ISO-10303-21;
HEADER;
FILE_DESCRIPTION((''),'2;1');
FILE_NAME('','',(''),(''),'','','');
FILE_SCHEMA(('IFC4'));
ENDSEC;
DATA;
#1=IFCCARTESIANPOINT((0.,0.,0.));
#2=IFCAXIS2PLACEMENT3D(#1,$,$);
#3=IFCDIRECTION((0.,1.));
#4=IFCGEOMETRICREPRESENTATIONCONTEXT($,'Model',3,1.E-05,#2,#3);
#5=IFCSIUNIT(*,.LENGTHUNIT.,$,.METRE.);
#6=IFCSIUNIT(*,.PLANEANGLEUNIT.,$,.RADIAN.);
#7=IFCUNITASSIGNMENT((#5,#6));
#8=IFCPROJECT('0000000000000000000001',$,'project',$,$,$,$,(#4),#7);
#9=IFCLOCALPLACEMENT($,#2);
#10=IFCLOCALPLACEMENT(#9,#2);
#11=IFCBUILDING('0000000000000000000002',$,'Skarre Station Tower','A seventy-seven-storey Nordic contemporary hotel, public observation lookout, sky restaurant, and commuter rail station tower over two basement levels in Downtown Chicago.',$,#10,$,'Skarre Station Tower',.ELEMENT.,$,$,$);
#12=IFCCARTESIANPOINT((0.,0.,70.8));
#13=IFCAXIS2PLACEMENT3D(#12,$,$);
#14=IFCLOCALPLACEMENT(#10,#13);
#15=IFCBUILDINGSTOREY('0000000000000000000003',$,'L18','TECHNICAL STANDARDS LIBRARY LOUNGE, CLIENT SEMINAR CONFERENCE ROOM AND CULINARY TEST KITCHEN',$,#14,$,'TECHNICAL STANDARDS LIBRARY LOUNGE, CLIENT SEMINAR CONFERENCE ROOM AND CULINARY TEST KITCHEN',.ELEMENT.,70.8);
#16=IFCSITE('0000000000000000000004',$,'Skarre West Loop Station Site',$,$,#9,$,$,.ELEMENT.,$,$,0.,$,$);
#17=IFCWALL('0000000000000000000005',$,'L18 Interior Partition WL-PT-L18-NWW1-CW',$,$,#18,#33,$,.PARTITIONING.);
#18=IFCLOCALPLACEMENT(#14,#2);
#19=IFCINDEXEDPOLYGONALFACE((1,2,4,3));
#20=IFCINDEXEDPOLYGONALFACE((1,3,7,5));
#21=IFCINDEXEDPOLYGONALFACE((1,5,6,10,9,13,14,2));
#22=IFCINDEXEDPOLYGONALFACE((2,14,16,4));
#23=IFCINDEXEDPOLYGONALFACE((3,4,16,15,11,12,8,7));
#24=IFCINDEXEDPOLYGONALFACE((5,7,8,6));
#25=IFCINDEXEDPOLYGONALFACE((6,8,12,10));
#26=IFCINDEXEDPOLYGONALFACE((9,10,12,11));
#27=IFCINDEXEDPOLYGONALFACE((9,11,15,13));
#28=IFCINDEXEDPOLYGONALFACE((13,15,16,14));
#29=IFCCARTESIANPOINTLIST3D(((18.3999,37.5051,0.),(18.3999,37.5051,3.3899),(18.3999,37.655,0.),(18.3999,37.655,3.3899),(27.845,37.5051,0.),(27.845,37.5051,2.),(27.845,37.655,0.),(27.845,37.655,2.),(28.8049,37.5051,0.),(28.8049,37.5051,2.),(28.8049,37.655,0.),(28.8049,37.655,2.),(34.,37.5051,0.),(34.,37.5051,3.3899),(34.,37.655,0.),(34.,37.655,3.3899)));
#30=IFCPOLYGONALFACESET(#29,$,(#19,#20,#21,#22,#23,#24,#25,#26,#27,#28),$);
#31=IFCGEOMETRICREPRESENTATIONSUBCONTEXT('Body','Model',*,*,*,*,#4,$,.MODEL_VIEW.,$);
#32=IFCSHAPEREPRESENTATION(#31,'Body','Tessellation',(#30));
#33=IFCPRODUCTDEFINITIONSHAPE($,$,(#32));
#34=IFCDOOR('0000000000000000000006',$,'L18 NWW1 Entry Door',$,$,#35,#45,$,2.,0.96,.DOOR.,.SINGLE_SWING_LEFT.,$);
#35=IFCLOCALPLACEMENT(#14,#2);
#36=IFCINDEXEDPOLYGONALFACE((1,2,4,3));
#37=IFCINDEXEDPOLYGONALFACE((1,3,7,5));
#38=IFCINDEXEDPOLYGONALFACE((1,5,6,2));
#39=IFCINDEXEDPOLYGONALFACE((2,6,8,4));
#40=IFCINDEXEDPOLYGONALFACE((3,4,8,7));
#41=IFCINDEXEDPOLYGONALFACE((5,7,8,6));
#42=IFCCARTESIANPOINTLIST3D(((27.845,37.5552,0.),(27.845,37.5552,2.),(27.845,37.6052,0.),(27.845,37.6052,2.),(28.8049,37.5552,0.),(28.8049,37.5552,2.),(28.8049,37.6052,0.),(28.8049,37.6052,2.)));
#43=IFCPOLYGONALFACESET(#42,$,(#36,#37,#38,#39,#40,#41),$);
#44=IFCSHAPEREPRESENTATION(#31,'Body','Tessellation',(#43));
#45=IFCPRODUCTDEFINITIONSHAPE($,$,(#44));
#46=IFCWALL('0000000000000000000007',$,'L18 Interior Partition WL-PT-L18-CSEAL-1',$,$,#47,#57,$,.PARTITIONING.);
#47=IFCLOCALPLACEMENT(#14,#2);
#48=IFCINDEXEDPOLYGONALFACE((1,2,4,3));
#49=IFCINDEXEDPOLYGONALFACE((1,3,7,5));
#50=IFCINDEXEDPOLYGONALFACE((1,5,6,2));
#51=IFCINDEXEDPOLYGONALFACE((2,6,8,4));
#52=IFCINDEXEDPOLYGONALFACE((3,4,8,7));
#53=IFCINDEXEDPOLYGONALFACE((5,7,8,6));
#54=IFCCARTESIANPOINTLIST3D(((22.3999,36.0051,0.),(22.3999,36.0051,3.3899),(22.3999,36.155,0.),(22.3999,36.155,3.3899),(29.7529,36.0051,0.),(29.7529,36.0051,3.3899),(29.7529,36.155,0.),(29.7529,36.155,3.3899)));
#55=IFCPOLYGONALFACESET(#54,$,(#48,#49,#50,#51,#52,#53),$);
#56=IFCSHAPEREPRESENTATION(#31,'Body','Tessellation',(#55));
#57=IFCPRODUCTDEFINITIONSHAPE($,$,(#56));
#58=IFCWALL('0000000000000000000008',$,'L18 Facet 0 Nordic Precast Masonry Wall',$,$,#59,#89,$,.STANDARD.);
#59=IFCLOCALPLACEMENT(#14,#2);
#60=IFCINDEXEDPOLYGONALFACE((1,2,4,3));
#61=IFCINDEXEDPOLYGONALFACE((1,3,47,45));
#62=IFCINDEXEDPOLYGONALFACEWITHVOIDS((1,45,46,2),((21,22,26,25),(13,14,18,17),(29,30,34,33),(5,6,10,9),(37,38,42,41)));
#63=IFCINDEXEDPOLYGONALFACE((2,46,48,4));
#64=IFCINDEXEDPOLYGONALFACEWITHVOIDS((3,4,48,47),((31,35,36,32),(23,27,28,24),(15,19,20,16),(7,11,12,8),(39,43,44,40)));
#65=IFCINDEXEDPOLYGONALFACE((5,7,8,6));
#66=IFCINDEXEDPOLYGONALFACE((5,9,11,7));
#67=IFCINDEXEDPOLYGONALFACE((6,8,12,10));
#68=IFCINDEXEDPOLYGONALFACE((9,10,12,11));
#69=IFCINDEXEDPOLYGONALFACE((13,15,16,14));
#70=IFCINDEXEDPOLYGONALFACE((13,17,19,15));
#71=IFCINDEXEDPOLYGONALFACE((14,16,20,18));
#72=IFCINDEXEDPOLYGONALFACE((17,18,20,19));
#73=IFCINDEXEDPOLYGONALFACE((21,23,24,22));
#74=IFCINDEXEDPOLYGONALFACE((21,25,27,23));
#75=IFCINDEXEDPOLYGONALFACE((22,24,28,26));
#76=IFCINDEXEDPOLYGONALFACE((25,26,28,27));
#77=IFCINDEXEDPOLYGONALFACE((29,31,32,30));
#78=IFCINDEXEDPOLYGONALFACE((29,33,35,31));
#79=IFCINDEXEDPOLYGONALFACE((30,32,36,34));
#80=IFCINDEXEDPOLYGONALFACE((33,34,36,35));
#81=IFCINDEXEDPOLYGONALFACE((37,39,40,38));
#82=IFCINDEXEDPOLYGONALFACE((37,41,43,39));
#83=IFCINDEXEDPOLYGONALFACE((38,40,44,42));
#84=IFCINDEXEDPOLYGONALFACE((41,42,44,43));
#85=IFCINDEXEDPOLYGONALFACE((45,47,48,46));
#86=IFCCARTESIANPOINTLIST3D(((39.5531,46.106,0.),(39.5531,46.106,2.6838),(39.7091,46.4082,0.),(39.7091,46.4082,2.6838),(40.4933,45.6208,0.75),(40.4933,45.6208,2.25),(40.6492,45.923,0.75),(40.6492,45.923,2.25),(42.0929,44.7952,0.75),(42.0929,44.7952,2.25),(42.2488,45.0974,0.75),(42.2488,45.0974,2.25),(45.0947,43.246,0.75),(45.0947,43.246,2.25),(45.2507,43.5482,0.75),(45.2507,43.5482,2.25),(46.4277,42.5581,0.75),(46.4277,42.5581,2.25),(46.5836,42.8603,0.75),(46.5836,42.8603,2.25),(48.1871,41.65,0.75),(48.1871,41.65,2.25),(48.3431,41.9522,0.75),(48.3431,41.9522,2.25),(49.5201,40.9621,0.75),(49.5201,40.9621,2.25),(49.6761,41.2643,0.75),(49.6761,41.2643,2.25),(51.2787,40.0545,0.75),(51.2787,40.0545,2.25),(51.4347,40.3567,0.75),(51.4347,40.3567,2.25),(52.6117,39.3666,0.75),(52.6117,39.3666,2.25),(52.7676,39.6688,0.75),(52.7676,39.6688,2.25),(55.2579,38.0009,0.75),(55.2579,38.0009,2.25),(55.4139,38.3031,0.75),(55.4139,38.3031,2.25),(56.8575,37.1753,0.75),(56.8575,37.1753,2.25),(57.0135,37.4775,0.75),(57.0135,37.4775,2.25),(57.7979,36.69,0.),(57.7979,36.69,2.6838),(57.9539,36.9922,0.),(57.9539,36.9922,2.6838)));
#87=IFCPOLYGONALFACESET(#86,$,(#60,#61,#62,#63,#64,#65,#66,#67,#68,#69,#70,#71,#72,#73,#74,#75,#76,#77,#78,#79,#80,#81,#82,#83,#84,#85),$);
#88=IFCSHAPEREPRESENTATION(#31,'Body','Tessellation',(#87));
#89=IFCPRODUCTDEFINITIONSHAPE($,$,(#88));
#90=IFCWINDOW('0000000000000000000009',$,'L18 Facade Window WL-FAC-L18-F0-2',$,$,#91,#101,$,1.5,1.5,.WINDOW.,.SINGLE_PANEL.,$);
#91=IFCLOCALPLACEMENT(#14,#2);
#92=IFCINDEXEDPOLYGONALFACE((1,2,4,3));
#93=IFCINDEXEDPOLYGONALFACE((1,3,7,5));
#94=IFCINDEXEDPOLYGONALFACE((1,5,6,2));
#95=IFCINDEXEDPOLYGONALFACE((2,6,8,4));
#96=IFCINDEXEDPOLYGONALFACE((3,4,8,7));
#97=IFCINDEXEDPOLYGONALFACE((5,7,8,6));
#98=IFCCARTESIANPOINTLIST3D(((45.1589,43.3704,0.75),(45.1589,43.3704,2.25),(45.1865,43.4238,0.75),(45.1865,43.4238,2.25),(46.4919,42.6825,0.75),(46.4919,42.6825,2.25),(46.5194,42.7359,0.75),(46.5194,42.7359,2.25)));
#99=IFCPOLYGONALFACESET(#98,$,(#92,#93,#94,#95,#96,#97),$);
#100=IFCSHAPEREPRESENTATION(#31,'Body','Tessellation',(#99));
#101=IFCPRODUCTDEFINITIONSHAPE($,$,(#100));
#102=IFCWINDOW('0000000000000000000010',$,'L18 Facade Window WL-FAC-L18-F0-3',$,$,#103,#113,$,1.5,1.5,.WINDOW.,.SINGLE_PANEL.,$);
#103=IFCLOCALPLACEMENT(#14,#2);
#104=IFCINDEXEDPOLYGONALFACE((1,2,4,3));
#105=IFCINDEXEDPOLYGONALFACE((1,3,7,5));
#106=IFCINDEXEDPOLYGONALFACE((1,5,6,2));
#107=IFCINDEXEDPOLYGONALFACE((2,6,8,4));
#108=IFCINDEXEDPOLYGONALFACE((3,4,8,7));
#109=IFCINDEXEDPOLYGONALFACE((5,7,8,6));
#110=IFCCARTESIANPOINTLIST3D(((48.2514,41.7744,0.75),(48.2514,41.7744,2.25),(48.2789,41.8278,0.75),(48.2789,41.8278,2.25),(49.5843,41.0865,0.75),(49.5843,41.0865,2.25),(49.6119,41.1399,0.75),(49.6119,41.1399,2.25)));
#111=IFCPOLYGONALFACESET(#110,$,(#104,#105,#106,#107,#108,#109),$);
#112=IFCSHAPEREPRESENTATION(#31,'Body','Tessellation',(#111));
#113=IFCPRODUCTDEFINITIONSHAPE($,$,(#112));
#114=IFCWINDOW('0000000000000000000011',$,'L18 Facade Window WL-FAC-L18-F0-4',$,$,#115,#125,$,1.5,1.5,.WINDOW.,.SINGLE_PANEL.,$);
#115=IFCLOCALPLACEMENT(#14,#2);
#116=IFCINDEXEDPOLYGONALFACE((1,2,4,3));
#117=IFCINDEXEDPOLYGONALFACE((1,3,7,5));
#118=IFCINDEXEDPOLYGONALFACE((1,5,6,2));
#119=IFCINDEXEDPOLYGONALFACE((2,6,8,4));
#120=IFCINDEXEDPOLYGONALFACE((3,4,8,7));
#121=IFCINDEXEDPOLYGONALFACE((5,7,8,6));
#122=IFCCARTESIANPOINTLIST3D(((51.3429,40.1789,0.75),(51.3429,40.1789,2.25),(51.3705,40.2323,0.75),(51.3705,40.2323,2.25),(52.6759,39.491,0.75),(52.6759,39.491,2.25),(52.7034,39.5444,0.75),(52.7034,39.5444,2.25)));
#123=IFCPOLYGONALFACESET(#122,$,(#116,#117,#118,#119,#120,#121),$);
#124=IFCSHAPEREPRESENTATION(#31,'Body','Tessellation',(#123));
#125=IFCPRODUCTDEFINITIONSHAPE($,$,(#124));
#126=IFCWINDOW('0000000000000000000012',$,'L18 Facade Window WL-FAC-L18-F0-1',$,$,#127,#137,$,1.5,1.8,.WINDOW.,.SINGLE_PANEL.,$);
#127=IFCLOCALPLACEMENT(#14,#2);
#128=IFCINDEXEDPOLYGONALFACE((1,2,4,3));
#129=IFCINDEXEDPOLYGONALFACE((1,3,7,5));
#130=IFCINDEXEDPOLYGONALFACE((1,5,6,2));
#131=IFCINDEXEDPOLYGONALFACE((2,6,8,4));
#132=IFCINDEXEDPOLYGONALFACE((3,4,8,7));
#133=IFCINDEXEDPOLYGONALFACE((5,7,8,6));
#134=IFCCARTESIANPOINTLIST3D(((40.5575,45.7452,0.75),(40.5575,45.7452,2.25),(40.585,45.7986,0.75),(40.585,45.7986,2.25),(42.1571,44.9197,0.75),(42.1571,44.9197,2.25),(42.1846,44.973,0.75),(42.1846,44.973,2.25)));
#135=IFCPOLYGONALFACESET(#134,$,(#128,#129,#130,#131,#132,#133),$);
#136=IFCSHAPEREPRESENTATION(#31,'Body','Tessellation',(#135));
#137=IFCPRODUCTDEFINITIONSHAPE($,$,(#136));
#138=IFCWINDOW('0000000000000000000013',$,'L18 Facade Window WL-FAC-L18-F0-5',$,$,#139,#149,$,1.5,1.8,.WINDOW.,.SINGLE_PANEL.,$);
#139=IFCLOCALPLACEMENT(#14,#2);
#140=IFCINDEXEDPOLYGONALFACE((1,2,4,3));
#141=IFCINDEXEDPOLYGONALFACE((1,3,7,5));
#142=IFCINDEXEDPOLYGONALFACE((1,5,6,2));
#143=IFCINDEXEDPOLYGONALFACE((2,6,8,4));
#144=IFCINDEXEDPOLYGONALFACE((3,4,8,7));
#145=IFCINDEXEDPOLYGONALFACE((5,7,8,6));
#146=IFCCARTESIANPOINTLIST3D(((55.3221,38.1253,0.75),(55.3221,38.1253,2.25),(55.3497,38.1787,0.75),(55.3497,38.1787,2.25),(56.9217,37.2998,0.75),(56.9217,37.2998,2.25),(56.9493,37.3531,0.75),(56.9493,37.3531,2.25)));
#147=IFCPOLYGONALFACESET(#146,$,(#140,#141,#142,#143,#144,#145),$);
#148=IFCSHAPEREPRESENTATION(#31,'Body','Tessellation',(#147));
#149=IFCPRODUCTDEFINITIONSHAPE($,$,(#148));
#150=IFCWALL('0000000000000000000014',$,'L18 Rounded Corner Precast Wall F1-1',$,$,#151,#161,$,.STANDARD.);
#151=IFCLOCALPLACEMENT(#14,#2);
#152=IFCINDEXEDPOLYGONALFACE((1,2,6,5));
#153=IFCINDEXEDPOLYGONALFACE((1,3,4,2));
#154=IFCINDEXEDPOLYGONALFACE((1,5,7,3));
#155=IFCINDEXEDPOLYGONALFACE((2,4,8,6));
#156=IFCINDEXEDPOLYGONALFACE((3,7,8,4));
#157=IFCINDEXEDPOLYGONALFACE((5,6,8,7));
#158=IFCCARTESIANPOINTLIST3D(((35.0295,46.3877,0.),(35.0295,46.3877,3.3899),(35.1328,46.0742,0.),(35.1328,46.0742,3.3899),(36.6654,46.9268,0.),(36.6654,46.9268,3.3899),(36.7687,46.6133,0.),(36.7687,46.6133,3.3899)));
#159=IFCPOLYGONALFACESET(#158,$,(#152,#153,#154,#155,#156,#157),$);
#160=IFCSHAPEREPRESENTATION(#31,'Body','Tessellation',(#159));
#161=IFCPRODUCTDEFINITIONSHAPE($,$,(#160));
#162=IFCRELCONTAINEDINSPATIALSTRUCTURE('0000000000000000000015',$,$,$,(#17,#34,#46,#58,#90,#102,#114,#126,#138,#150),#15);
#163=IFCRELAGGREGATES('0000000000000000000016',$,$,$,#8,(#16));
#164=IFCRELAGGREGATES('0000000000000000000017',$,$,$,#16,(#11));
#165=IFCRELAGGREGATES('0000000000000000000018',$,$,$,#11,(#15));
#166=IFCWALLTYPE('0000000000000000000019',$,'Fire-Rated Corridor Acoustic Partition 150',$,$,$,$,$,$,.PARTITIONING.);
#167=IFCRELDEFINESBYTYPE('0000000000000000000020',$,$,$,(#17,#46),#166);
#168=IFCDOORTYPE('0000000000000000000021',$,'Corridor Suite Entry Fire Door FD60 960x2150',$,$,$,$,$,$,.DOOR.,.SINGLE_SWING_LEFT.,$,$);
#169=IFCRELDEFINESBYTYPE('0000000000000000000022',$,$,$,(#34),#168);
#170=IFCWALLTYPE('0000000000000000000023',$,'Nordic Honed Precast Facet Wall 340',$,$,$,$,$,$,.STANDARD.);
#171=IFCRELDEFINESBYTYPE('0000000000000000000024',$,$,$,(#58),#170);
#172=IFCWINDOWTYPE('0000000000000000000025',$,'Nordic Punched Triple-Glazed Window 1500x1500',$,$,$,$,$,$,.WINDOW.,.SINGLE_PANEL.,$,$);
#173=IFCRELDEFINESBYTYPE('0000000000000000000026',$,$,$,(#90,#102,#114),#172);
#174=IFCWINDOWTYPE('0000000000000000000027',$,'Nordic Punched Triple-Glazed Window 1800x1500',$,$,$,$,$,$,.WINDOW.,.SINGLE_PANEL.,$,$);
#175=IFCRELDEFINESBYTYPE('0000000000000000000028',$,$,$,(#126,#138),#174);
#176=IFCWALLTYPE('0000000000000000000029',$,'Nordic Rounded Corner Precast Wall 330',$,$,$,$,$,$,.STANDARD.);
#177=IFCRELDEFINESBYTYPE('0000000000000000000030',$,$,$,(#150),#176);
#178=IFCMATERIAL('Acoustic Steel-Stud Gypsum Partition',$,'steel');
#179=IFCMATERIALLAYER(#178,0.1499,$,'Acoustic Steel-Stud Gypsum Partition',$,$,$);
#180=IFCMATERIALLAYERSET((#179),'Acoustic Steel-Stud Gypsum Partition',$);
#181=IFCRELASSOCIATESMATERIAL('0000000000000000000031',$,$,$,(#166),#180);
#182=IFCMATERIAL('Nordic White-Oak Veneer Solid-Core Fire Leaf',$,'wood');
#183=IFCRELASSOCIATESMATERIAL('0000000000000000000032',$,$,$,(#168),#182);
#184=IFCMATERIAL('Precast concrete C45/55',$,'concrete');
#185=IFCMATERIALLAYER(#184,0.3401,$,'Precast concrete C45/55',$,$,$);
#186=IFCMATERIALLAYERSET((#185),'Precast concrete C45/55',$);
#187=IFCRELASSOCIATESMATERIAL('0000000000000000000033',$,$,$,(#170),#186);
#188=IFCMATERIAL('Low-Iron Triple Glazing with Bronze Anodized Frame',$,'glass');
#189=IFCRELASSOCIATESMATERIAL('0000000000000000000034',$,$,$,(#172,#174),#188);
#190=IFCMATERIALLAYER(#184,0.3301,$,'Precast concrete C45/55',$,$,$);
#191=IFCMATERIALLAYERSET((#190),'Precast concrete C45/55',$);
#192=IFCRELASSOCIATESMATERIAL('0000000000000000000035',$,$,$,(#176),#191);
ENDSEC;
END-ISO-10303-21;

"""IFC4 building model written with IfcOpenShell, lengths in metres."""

from ifc_helpers import new_model, si_unit, direction, frame, frame_2d, origin, place, context, subcontext, project, spatial, rectangle, extrude, material, layer, layer_set, type_object, element, fill, save


model = new_model("IFC4")

# Units and contexts
model_context = context("Model", 3, precision=1e-05, world=origin(), true_north=direction((0.0, 1.0)))
body_context = subcontext(model_context, "Body", "Model", "MODEL_VIEW")
ifc_project = project(units=[si_unit("LENGTHUNIT", "METRE"), si_unit("PLANEANGLEUNIT", "RADIAN")], contexts=[model_context])

# Site, building, storey
site_placement = place(None, origin())
site = spatial("IfcSite", under=ifc_project, at=site_placement, Name="Skarre West Loop Station Site", CompositionType="ELEMENT", RefElevation=0.0)
building_placement = place(site_placement, origin())
building = spatial("IfcBuilding", under=site, at=building_placement, Name="Skarre Station Tower", Description="A seventy-seven-storey Nordic contemporary hotel, public observation lookout, sky restaurant, and commuter rail station tower over two basement levels in Downtown Chicago.", LongName="Skarre Station Tower", CompositionType="ELEMENT")
storey_placement = place(building_placement, frame((0.0, 0.0, 70.8)))
storey = spatial("IfcBuildingStorey", under=building, at=storey_placement, Name="L18", Description="TECHNICAL STANDARDS LIBRARY LOUNGE, CLIENT SEMINAR CONFERENCE ROOM AND CULINARY TEST KITCHEN", LongName="TECHNICAL STANDARDS LIBRARY LOUNGE, CLIENT SEMINAR CONFERENCE ROOM AND CULINARY TEST KITCHEN", CompositionType="ELEMENT", Elevation=70.8)

# Shared definitions
ifc_material_1 = material(Name="Acoustic Steel-Stud Gypsum Partition", Category="steel")
ifc_layer_1 = layer(ifc_material_1, 0.1499, Name="Acoustic Steel-Stud Gypsum Partition")
ifc_layer_set_1 = layer_set([ifc_layer_1], Name="Acoustic Steel-Stud Gypsum Partition")
wall_type_1 = type_object("IfcWallType", Name="Fire-Rated Corridor Acoustic Partition 150", PredefinedType="PARTITIONING", material=ifc_layer_set_1)

# Wall, opening, door
wall_1_placement = place(storey_placement, frame((34.0, 37.5801, 0.0), z_axis=(0.0, 0.0, 1.0), x_axis=(-1.0, 0.0, 0.0)))
wall_1 = element("IfcWall", 1, at=wall_1_placement, inside=storey, type_object=wall_type_1, Name="L18 Interior Partition WL-PT-L18-NWW1-CW", PredefinedType="PARTITIONING", context=body_context, shape_type="SweptSolid", body=[
    extrude(rectangle(XDim=15.6001, YDim=0.1499, at=frame_2d((7.8, 0.0))), origin(), (0.0, 0.0, 1.0), 3.3899),
])
opening_1_placement = place(wall_1_placement, frame((5.1951, 0.0, 0.0)))
opening_1 = element("IfcOpeningElement", 2, at=opening_1_placement, cuts=wall_1, PredefinedType="OPENING", context=body_context, shape_type="SweptSolid", body=[
    extrude(rectangle(XDim=0.96, YDim=2.0, at=frame_2d((0.48, 1.0))), frame((0.0, 0.085, 0.0), z_axis=(0.0, -1.0, 0.0), x_axis=(1.0, 0.0, 0.0)), (0.0, 0.0, 1.0), 0.1699),
])
ifc_material_2 = material(Name="Nordic White-Oak Veneer Solid-Core Fire Leaf", Category="wood")
door_type = type_object("IfcDoorType", Name="Corridor Suite Entry Fire Door FD60 960x2150", OperationType="SINGLE_SWING_LEFT", PredefinedType="DOOR", material=ifc_material_2)
door_placement = place(opening_1_placement, origin())
door = element("IfcDoor", 3, at=door_placement, inside=storey, type_object=door_type, Name="L18 NWW1 Entry Door", OperationType="SINGLE_SWING_LEFT", OverallHeight=2.0, OverallWidth=0.96, PredefinedType="DOOR", context=body_context, shape_type="SweptSolid", body=[
    extrude(rectangle(XDim=0.96, YDim=2.0, at=frame_2d((0.48, 1.0))), frame((0.0, 0.0249, 0.0), z_axis=(0.0, -1.0, 0.0), x_axis=(1.0, 0.0, 0.0)), (0.0, 0.0, 1.0), 0.05),
])
fill(opening_1, door)

# Wall
wall_2_placement = place(storey_placement, frame((29.7529, 36.0801, 0.0), z_axis=(0.0, 0.0, 1.0), x_axis=(-1.0, 0.0, 0.0)))
element("IfcWall", 4, at=wall_2_placement, inside=storey, type_object=wall_type_1, Name="L18 Interior Partition WL-PT-L18-CSEAL-1", PredefinedType="PARTITIONING", context=body_context, shape_type="SweptSolid", body=[
    extrude(rectangle(XDim=7.353, YDim=0.1499, at=frame_2d((3.6765, 0.0))), origin(), (0.0, 0.0, 1.0), 3.3899),
])

# Wall, openings, windows
ifc_material_3 = material(Name="Precast concrete C45/55", Category="concrete")
ifc_layer_2 = layer(ifc_material_3, 0.3401, Name="Precast concrete C45/55")
ifc_layer_set_2 = layer_set([ifc_layer_2], Name="Precast concrete C45/55")
wall_type_2 = type_object("IfcWallType", Name="Nordic Honed Precast Facet Wall 340", PredefinedType="STANDARD", material=ifc_layer_set_2)
wall_3_placement = place(storey_placement, frame((39.6311, 46.2571, 0.0), z_axis=(0.0, 0.0, 1.0), x_axis=(0.888634, -0.458616, 0.0)))
wall_3 = element("IfcWall", 5, at=wall_3_placement, inside=storey, type_object=wall_type_2, Name="L18 Facet 0 Nordic Precast Masonry Wall", PredefinedType="STANDARD", context=body_context, shape_type="SweptSolid", body=[
    extrude(rectangle(XDim=20.5312, YDim=0.3401, at=frame_2d((10.2656, 0.0))), origin(), (0.0, 0.0, 1.0), 2.6838),
])
opening_2_placement = place(wall_3_placement, frame((1.0581, 0.0, 0.75)))
opening_2 = element("IfcOpeningElement", 6, at=opening_2_placement, cuts=wall_3, PredefinedType="OPENING", context=body_context, shape_type="SweptSolid", body=[
    extrude(rectangle(XDim=1.8, YDim=1.5, at=frame_2d((0.8999, 0.75))), frame((0.0, 0.1799, 0.0), z_axis=(0.0, -1.0, 0.0), x_axis=(1.0, 0.0, 0.0)), (0.0, 0.0, 1.0), 0.3601),
])
opening_3_placement = place(wall_3_placement, frame((6.2361, 0.0, 0.75)))
opening_3 = element("IfcOpeningElement", 7, at=opening_3_placement, cuts=wall_3, PredefinedType="OPENING", context=body_context, shape_type="SweptSolid", body=[
    extrude(rectangle(XDim=1.5, YDim=1.5, at=frame_2d((0.75, 0.75))), frame((0.0, 0.1799, 0.0), z_axis=(0.0, -1.0, 0.0), x_axis=(1.0, 0.0, 0.0)), (0.0, 0.0, 1.0), 0.3601),
])
opening_4_placement = place(wall_3_placement, frame((9.7161, 0.0, 0.75)))
opening_4 = element("IfcOpeningElement", 8, at=opening_4_placement, cuts=wall_3, PredefinedType="OPENING", context=body_context, shape_type="SweptSolid", body=[
    extrude(rectangle(XDim=1.5, YDim=1.5, at=frame_2d((0.75, 0.75))), frame((0.0, 0.1799, 0.0), z_axis=(0.0, -1.0, 0.0), x_axis=(1.0, 0.0, 0.0)), (0.0, 0.0, 1.0), 0.3601),
])
opening_5_placement = place(wall_3_placement, frame((13.1951, 0.0, 0.75)))
opening_5 = element("IfcOpeningElement", 9, at=opening_5_placement, cuts=wall_3, PredefinedType="OPENING", context=body_context, shape_type="SweptSolid", body=[
    extrude(rectangle(XDim=1.5, YDim=1.5, at=frame_2d((0.75, 0.75))), frame((0.0, 0.1799, 0.0), z_axis=(0.0, -1.0, 0.0), x_axis=(1.0, 0.0, 0.0)), (0.0, 0.0, 1.0), 0.3601),
])
opening_6_placement = place(wall_3_placement, frame((17.6731, 0.0, 0.75)))
opening_6 = element("IfcOpeningElement", 10, at=opening_6_placement, cuts=wall_3, PredefinedType="OPENING", context=body_context, shape_type="SweptSolid", body=[
    extrude(rectangle(XDim=1.8, YDim=1.5, at=frame_2d((0.8999, 0.75))), frame((0.0, 0.1799, 0.0), z_axis=(0.0, -1.0, 0.0), x_axis=(1.0, 0.0, 0.0)), (0.0, 0.0, 1.0), 0.3601),
])
ifc_material_4 = material(Name="Low-Iron Triple Glazing with Bronze Anodized Frame", Category="glass")
window_type_1 = type_object("IfcWindowType", Name="Nordic Punched Triple-Glazed Window 1500x1500", PartitioningType="SINGLE_PANEL", PredefinedType="WINDOW", material=ifc_material_4)
window_1_placement = place(opening_3_placement, origin())
window_1 = element("IfcWindow", 11, at=window_1_placement, inside=storey, type_object=window_type_1, Name="L18 Facade Window WL-FAC-L18-F0-2", OverallHeight=1.5, OverallWidth=1.5, PartitioningType="SINGLE_PANEL", PredefinedType="WINDOW", context=body_context, shape_type="SweptSolid", body=[
    extrude(rectangle(XDim=1.5, YDim=1.5, at=frame_2d((0.75, 0.75))), frame((0.0, 0.03, 0.0), z_axis=(0.0, -1.0, 0.0), x_axis=(1.0, 0.0, 0.0)), (0.0, 0.0, 1.0), 0.0601),
])
fill(opening_3, window_1)
window_2_placement = place(opening_4_placement, origin())
window_2 = element("IfcWindow", 12, at=window_2_placement, inside=storey, type_object=window_type_1, Name="L18 Facade Window WL-FAC-L18-F0-3", OverallHeight=1.5, OverallWidth=1.5, PartitioningType="SINGLE_PANEL", PredefinedType="WINDOW", context=body_context, shape_type="SweptSolid", body=[
    extrude(rectangle(XDim=1.5, YDim=1.5, at=frame_2d((0.75, 0.75))), frame((0.0, 0.03, 0.0), z_axis=(0.0, -1.0, 0.0), x_axis=(1.0, 0.0, 0.0)), (0.0, 0.0, 1.0), 0.0601),
])
fill(opening_4, window_2)
window_3_placement = place(opening_5_placement, origin())
window_3 = element("IfcWindow", 13, at=window_3_placement, inside=storey, type_object=window_type_1, Name="L18 Facade Window WL-FAC-L18-F0-4", OverallHeight=1.5, OverallWidth=1.5, PartitioningType="SINGLE_PANEL", PredefinedType="WINDOW", context=body_context, shape_type="SweptSolid", body=[
    extrude(rectangle(XDim=1.5, YDim=1.5, at=frame_2d((0.75, 0.75))), frame((0.0, 0.03, 0.0), z_axis=(0.0, -1.0, 0.0), x_axis=(1.0, 0.0, 0.0)), (0.0, 0.0, 1.0), 0.0601),
])
fill(opening_5, window_3)
window_type_2 = type_object("IfcWindowType", Name="Nordic Punched Triple-Glazed Window 1800x1500", PartitioningType="SINGLE_PANEL", PredefinedType="WINDOW", material=ifc_material_4)
window_4_placement = place(opening_2_placement, origin())
window_4 = element("IfcWindow", 14, at=window_4_placement, inside=storey, type_object=window_type_2, Name="L18 Facade Window WL-FAC-L18-F0-1", OverallHeight=1.5, OverallWidth=1.8, PartitioningType="SINGLE_PANEL", PredefinedType="WINDOW", context=body_context, shape_type="SweptSolid", body=[
    extrude(rectangle(XDim=1.8, YDim=1.5, at=frame_2d((0.8999, 0.75))), frame((0.0, 0.03, 0.0), z_axis=(0.0, -1.0, 0.0), x_axis=(1.0, 0.0, 0.0)), (0.0, 0.0, 1.0), 0.0601),
])
fill(opening_2, window_4)
window_5_placement = place(opening_6_placement, origin())
window_5 = element("IfcWindow", 15, at=window_5_placement, inside=storey, type_object=window_type_2, Name="L18 Facade Window WL-FAC-L18-F0-5", OverallHeight=1.5, OverallWidth=1.8, PartitioningType="SINGLE_PANEL", PredefinedType="WINDOW", context=body_context, shape_type="SweptSolid", body=[
    extrude(rectangle(XDim=1.8, YDim=1.5, at=frame_2d((0.8999, 0.75))), frame((0.0, 0.03, 0.0), z_axis=(0.0, -1.0, 0.0), x_axis=(1.0, 0.0, 0.0)), (0.0, 0.0, 1.0), 0.0601),
])
fill(opening_6, window_5)

# Wall
ifc_layer_3 = layer(ifc_material_3, 0.3301, Name="Precast concrete C45/55")
ifc_layer_set_3 = layer_set([ifc_layer_3], Name="Precast concrete C45/55")
wall_type_3 = type_object("IfcWallType", Name="Nordic Rounded Corner Precast Wall 330", PredefinedType="STANDARD", material=ifc_layer_set_3)
wall_4_placement = place(storey_placement, frame((35.0811, 46.231, 0.0), z_axis=(0.0, 0.0, 1.0), x_axis=(0.949769, 0.312952, 0.0)))
element("IfcWall", 16, at=wall_4_placement, inside=storey, type_object=wall_type_3, Name="L18 Rounded Corner Precast Wall F1-1", PredefinedType="STANDARD", context=body_context, shape_type="SweptSolid", body=[
    extrude(rectangle(XDim=1.7224, YDim=0.3301, at=frame_2d((0.8613, 0.0))), origin(), (0.0, 0.0, 1.0), 3.3899),
])

save(model, "model.ifc")
